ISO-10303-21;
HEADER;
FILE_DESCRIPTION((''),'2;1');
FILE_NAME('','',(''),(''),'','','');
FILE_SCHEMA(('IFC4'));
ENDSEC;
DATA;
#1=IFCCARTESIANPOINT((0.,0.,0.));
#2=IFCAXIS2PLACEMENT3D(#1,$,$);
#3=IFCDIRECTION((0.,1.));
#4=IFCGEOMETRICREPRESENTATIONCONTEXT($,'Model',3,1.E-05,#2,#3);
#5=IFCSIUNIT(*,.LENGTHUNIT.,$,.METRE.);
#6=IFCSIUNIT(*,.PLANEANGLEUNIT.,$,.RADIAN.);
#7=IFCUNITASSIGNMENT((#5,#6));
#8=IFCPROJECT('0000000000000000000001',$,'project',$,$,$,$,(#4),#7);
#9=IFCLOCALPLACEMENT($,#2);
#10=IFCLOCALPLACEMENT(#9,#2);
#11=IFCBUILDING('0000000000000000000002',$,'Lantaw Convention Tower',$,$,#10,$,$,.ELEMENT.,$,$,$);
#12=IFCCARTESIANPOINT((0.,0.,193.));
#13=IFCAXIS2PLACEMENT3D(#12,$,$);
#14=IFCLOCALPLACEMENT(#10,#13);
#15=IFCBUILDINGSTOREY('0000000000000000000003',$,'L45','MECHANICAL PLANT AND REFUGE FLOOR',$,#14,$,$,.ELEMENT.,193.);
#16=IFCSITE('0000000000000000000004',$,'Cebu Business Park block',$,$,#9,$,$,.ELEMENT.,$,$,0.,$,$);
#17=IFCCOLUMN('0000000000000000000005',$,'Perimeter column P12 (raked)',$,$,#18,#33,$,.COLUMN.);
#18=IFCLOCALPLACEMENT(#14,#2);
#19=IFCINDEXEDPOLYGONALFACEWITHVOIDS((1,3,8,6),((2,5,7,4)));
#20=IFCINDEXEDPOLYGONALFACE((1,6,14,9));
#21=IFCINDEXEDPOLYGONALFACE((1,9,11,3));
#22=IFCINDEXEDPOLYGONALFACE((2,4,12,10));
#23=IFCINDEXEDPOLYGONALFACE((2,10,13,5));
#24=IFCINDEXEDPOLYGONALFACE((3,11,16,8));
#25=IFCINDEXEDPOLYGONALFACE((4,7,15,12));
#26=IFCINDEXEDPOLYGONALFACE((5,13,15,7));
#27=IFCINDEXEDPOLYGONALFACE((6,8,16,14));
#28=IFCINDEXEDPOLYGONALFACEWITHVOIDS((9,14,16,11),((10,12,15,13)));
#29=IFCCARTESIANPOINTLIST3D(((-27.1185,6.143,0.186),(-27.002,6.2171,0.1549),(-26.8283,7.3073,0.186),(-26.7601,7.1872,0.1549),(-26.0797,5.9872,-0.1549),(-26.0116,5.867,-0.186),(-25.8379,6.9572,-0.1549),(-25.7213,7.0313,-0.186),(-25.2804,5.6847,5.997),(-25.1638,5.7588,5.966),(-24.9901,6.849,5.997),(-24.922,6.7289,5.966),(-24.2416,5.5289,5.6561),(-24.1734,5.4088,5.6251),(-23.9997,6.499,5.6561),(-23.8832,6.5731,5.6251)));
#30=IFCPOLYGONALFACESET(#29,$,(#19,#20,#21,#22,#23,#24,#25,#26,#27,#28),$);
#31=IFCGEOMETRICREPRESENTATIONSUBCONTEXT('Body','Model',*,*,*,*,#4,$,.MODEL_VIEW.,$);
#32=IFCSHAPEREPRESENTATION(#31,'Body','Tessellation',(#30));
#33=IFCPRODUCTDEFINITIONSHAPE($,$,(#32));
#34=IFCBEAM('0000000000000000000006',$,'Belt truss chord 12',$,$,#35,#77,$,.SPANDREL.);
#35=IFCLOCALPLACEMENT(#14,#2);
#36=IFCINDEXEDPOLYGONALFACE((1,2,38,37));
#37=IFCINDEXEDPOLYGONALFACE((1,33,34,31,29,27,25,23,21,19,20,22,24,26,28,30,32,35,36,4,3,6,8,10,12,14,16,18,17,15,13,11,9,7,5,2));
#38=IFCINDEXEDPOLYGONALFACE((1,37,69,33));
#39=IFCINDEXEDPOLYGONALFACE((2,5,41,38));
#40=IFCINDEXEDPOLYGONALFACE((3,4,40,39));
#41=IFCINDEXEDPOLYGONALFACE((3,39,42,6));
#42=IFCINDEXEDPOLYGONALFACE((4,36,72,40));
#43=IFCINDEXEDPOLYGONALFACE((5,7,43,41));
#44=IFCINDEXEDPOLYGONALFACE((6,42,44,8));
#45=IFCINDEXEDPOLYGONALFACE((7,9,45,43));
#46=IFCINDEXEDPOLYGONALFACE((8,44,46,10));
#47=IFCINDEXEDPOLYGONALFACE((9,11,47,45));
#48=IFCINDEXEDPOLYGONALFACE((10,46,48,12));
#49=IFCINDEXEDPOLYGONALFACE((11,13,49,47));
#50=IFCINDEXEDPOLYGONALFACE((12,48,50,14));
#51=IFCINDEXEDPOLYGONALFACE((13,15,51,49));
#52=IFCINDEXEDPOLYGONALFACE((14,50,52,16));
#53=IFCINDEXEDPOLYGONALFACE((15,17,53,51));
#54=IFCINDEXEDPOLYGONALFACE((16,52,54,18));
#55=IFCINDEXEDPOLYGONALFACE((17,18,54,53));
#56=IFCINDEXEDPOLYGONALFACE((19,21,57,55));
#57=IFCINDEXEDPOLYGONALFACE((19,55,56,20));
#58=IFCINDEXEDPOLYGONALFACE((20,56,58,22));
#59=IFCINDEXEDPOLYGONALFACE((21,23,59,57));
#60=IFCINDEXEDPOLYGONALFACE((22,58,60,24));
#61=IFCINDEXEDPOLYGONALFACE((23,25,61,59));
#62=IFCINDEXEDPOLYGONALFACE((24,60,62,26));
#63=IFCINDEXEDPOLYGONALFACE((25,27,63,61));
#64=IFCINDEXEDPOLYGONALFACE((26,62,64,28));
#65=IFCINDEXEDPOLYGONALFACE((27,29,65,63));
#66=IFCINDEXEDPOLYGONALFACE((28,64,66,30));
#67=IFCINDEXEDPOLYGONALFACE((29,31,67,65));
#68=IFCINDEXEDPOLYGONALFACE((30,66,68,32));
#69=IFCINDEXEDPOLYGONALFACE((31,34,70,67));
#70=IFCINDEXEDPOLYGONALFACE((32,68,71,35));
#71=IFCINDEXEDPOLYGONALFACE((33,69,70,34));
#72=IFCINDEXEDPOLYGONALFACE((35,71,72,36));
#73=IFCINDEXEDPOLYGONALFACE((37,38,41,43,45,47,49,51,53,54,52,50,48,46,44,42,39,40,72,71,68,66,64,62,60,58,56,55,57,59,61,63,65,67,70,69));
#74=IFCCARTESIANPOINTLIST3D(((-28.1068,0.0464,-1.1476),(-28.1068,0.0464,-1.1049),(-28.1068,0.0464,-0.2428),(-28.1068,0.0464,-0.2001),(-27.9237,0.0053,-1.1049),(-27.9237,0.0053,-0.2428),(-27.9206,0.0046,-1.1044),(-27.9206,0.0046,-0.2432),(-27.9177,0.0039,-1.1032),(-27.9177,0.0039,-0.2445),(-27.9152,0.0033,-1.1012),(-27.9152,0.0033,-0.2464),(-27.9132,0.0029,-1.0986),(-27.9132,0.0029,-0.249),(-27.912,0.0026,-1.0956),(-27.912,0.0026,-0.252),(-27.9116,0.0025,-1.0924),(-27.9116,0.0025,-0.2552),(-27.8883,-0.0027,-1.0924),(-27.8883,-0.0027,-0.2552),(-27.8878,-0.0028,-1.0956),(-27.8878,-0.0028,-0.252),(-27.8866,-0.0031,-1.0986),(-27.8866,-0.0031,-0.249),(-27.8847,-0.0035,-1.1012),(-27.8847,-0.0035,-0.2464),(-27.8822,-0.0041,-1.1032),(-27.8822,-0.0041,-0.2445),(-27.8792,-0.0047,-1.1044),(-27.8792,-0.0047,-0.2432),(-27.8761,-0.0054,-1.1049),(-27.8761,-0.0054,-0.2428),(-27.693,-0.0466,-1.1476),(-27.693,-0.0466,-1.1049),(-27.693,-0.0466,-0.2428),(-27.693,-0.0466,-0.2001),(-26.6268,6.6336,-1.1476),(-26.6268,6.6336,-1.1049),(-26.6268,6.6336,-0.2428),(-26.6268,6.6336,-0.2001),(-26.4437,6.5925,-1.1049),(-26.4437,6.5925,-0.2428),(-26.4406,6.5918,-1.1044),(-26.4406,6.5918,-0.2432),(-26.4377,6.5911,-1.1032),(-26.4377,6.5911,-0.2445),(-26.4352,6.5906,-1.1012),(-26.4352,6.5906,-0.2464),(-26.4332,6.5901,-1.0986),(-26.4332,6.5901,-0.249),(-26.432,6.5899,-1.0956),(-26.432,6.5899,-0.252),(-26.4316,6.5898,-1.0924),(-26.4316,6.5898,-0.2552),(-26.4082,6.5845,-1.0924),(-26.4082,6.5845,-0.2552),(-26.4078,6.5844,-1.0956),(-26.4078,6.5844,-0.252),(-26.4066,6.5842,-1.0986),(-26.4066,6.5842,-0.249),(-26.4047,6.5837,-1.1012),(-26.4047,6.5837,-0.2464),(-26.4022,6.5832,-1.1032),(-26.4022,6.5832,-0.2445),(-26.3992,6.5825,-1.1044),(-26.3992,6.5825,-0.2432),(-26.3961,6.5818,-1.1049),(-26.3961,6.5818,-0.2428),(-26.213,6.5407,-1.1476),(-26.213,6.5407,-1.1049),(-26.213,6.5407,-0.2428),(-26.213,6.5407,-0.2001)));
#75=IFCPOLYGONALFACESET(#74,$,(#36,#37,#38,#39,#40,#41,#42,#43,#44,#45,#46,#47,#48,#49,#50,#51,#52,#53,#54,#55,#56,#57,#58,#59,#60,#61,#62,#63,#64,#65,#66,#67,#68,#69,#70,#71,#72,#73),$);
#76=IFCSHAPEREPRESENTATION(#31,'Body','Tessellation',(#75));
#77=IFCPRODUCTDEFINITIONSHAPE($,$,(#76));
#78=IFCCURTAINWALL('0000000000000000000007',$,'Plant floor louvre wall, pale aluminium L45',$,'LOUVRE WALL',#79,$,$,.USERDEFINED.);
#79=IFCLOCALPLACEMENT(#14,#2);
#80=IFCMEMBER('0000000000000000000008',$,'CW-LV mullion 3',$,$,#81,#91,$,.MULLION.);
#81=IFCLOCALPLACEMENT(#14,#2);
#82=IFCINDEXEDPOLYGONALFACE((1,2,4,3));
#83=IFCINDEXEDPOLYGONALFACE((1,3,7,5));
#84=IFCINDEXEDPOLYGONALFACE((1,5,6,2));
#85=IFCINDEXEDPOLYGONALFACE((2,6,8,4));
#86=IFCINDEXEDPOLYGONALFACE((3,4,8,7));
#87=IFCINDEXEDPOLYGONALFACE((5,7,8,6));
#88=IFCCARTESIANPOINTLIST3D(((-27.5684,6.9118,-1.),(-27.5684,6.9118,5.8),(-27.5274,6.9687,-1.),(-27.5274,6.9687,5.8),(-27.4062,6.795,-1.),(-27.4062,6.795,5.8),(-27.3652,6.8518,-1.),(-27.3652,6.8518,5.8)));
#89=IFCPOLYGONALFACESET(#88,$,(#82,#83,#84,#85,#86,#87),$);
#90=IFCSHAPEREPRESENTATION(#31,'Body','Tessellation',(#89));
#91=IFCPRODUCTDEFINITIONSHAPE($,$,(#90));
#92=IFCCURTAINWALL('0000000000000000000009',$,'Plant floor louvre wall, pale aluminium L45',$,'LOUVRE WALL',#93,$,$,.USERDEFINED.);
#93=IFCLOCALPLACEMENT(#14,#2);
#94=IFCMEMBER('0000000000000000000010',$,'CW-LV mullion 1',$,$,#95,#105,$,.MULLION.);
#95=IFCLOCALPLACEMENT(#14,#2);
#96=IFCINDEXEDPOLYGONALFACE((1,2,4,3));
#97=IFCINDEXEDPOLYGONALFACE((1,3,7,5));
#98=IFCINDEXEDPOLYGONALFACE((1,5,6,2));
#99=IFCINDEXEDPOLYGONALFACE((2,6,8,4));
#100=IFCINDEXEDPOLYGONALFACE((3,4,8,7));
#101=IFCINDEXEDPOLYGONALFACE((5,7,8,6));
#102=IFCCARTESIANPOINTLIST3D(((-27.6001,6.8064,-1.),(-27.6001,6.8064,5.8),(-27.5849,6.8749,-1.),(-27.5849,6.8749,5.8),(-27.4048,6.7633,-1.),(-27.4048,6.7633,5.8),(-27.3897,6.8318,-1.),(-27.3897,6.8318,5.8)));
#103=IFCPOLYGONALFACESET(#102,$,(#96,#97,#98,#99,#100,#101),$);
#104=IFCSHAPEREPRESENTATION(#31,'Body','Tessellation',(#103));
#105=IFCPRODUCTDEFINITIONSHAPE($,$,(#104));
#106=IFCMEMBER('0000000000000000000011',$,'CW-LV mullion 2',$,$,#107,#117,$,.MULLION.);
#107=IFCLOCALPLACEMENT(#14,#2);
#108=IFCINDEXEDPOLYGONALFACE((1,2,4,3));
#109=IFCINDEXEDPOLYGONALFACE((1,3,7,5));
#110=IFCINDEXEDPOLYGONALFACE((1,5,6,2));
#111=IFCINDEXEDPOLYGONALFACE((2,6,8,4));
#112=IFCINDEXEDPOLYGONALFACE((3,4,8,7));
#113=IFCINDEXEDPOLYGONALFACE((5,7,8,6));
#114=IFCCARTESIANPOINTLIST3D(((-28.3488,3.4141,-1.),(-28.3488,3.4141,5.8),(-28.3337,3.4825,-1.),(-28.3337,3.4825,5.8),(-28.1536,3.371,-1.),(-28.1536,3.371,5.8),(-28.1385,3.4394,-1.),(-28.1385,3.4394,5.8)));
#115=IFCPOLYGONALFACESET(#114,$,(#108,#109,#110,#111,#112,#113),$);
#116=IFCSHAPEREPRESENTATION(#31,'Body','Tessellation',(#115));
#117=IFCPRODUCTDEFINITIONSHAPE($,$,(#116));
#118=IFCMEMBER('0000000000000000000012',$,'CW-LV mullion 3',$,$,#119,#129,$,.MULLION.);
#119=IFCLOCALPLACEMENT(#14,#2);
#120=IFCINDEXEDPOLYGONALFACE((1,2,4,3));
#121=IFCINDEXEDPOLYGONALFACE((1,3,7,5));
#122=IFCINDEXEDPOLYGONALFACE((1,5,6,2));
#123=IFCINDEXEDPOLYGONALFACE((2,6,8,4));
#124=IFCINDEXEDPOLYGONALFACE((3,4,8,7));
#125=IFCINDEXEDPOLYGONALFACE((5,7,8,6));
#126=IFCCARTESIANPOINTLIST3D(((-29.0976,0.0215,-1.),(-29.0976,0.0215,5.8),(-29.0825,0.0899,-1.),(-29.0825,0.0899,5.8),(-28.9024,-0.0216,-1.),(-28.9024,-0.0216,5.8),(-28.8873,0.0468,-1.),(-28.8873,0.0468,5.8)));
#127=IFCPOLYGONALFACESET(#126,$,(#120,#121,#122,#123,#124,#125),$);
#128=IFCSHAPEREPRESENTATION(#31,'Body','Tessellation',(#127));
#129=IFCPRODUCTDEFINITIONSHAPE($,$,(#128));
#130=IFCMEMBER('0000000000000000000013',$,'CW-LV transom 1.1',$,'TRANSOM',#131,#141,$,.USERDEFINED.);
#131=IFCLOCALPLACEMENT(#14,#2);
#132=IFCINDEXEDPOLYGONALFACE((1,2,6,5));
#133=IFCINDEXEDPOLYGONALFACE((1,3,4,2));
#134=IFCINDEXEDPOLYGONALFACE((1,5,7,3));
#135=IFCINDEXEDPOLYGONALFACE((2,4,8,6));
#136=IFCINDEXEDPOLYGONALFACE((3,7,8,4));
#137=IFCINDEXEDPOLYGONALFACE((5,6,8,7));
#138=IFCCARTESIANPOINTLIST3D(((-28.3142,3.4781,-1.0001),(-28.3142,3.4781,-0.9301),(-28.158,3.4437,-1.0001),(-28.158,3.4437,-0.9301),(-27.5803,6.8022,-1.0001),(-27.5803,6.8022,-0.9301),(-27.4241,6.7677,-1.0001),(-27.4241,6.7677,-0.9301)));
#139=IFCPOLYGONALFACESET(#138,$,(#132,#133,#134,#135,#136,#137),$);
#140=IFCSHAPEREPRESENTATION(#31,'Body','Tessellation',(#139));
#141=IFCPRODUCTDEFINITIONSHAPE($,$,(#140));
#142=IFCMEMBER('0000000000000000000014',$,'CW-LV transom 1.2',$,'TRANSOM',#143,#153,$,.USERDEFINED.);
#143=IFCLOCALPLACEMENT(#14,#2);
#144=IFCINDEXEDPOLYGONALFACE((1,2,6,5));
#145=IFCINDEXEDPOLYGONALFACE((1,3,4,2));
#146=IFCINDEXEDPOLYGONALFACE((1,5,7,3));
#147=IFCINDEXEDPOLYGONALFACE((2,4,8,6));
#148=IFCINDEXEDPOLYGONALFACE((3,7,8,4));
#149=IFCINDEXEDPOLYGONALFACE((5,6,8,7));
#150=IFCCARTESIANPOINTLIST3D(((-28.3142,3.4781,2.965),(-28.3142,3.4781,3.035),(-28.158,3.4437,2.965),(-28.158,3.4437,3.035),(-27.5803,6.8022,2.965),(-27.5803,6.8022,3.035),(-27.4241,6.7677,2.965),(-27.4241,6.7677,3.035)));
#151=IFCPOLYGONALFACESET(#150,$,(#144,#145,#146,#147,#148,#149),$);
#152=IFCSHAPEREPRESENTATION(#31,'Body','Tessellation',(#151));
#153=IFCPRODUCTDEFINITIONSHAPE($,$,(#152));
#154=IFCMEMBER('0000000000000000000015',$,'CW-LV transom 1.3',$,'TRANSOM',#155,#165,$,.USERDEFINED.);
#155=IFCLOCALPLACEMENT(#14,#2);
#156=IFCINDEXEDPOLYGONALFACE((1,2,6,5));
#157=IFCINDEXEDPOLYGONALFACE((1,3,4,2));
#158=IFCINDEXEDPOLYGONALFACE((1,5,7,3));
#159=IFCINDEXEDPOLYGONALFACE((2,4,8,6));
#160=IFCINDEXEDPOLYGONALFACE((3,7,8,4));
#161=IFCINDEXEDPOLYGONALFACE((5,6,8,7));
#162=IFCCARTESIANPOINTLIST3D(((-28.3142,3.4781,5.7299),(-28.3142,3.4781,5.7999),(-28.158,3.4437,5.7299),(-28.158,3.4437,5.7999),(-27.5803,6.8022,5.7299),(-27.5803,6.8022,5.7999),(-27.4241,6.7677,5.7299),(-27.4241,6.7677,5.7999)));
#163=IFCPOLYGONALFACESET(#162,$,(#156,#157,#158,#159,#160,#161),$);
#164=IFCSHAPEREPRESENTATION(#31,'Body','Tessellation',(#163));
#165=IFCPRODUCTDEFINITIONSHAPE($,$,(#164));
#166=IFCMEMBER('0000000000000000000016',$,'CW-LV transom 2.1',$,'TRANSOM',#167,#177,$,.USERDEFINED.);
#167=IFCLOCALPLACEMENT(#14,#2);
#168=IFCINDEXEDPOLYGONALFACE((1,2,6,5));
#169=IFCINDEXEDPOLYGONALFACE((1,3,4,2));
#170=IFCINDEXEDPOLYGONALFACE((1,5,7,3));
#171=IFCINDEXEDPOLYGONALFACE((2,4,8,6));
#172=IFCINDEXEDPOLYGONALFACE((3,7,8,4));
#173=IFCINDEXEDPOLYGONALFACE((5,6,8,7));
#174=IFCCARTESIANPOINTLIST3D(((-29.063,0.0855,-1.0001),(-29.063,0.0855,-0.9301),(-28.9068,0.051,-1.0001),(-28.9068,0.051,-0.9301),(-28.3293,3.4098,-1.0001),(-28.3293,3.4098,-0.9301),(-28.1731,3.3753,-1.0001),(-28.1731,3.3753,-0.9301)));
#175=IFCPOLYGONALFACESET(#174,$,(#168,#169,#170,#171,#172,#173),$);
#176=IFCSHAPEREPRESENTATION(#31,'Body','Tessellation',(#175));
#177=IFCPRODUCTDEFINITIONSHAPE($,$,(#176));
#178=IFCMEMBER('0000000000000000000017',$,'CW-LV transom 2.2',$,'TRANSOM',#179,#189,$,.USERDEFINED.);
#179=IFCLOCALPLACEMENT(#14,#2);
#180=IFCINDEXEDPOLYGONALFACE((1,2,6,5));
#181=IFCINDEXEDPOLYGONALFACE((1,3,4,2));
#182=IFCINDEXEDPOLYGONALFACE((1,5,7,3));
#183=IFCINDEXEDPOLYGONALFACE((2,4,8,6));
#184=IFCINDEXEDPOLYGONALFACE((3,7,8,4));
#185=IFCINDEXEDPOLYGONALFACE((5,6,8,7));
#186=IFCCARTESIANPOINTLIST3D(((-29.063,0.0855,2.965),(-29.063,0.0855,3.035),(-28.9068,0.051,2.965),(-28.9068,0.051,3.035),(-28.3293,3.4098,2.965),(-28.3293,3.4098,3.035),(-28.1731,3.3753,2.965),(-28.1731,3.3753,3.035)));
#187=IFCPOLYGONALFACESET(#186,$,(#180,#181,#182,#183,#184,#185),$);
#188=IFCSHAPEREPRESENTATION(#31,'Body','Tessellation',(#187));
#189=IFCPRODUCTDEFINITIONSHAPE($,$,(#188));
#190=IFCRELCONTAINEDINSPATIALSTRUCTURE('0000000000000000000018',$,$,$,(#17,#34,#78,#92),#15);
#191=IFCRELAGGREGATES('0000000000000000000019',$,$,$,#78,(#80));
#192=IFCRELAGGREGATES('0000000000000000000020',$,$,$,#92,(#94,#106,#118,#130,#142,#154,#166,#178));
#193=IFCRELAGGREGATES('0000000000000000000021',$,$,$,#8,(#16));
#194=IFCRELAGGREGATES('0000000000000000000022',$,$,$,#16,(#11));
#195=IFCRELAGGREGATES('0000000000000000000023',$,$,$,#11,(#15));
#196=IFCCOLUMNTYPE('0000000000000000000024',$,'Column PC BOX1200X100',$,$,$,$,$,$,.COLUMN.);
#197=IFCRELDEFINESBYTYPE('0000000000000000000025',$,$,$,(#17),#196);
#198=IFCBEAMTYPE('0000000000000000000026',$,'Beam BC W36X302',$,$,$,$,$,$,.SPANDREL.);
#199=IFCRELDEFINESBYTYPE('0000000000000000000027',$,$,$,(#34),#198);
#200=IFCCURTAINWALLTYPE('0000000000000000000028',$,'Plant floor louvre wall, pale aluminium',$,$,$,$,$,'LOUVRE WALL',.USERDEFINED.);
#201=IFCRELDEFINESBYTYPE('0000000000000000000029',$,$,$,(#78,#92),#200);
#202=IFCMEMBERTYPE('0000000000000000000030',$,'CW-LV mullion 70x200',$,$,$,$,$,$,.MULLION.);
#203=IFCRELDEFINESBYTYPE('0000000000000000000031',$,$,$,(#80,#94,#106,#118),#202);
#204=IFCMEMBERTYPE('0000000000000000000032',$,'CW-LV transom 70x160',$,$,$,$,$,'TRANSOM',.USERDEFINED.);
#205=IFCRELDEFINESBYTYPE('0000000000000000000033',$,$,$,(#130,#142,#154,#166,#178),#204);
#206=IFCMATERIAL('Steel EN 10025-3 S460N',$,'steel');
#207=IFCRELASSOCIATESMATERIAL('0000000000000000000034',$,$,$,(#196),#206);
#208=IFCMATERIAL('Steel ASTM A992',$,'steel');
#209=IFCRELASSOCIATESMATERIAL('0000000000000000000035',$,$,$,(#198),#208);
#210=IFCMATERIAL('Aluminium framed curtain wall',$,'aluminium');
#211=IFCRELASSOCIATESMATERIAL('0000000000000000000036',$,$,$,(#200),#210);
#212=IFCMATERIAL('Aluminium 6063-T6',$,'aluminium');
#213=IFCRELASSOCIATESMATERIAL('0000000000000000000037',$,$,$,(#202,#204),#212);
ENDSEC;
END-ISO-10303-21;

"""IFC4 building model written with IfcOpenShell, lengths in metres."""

from ifc_helpers import new_model, si_unit, direction, frame, origin, origin_2d, place, context, subcontext, project, spatial, rectangle, hollow_rectangle, i_section, extrude, material, material_profile, profile_set, type_object, element, aggregate, save


model = new_model("IFC4")

# Units and contexts
model_context = context("Model", 3, precision=1e-05, world=origin(), true_north=direction((0.0, 1.0)))
body_context = subcontext(model_context, "Body", "Model", "MODEL_VIEW")
ifc_project = project(units=[si_unit("LENGTHUNIT", "METRE"), si_unit("PLANEANGLEUNIT", "RADIAN")], contexts=[model_context])

# Site, building, storey
site_placement = place(None, origin())
site = spatial("IfcSite", under=ifc_project, at=site_placement, Name="Cebu Business Park block", CompositionType="ELEMENT", RefElevation=0.0)
building_placement = place(site_placement, origin())
building = spatial("IfcBuilding", under=site, at=building_placement, Name="Lantaw Convention Tower", CompositionType="ELEMENT")
storey_placement = place(building_placement, frame((0.0, 0.0, 193.0)))
storey = spatial("IfcBuildingStorey", under=building, at=storey_placement, Name="L45", Description="MECHANICAL PLANT AND REFUGE FLOOR", CompositionType="ELEMENT", Elevation=193.0)

# Column
ifc_material_1 = material(Name="Steel EN 10025-3 S460N", Category="steel")
ifc_material_profile_1 = material_profile(ifc_material_1, hollow_rectangle(XDim=1.2, YDim=1.2, WallThickness=0.1001, at=origin_2d()), Name="BOX1200X100")
ifc_material_2 = material(Name="Concrete C60/75", Category="concrete")
ifc_material_profile_2 = material_profile(ifc_material_2, rectangle(XDim=1.0, YDim=1.0, at=origin_2d()), Name="Concrete fill of BOX1200X100")
ifc_profile_set_1 = profile_set([ifc_material_profile_1, ifc_material_profile_2], Name="Steel EN 10025-3 S460N")
column_type = type_object("IfcColumnType", Name="Column PC BOX1200X100", PredefinedType="COLUMN", material=ifc_profile_set_1)
column_placement = place(storey_placement, frame((-26.4199, 6.5872, 0.0), z_axis=(0.300741, -0.074975, 0.950754), x_axis=(0.241899, 0.970301, 0.0)))
element("IfcColumn", 1, at=column_placement, inside=storey, type_object=column_type, Name="Perimeter column P12 (raked)", PredefinedType="COLUMN", context=body_context, shape_type="SweptSolid", body=[
    extrude(hollow_rectangle(XDim=1.2, YDim=1.2, WallThickness=0.1001, at=origin_2d()), origin(), (0.0, 0.0, 1.0), 6.1121),
])

# Beam
ifc_material_3 = material(Name="Steel ASTM A992", Category="steel")
ifc_material_profile_3 = material_profile(ifc_material_3, i_section(OverallWidth=0.4241, OverallDepth=0.9475, WebThickness=0.0239, FlangeThickness=0.0427, FilletRadius=0.0125, at=origin_2d()), Name="W36X302")
ifc_profile_set_2 = profile_set([ifc_material_profile_3], Name="Steel ASTM A992")
beam_type = type_object("IfcBeamType", Name="Beam BC W36X302", PredefinedType="SPANDREL", material=ifc_profile_set_2)
beam_placement = place(storey_placement, frame((-26.4199, 6.5872, -0.6738), z_axis=(-0.219212, -0.975677, 0.0), x_axis=(0.975677, -0.219212, 0.0)))
element("IfcBeam", 2, at=beam_placement, inside=storey, type_object=beam_type, Name="Belt truss chord 12", PredefinedType="SPANDREL", context=body_context, shape_type="SweptSolid", body=[
    extrude(i_section(OverallWidth=0.4241, OverallDepth=0.9475, WebThickness=0.0239, FlangeThickness=0.0427, FilletRadius=0.0125, at=origin_2d()), origin(), (0.0, 0.0, 1.0), 6.7515),
])

# Curtain wall, member
ifc_material_4 = material(Name="Aluminium framed curtain wall", Category="aluminium")
curtain_wall_type = type_object("IfcCurtainWallType", Name="Plant floor louvre wall, pale aluminium", ElementType="LOUVRE WALL", PredefinedType="USERDEFINED", material=ifc_material_4)
curtain_wall_1_placement = place(storey_placement, origin())
curtain_wall_1 = element("IfcCurtainWall", 3, at=curtain_wall_1_placement, inside=storey, type_object=curtain_wall_type, Name="Plant floor louvre wall, pale aluminium L45", ObjectType="LOUVRE WALL", PredefinedType="USERDEFINED")
ifc_material_5 = material(Name="Aluminium 6063-T6", Category="aluminium")
ifc_material_profile_4 = material_profile(ifc_material_5, rectangle(XDim=0.2, YDim=0.0701, at=origin_2d()), Name="CW-LV mullion 70x200")
ifc_profile_set_3 = profile_set([ifc_material_profile_4], Name="Aluminium 6063-T6")
member_type_1 = type_object("IfcMemberType", Name="CW-LV mullion 70x200", PredefinedType="MULLION", material=ifc_profile_set_3)
member_1_placement = place(storey_placement, frame((-27.4668, 6.8818, -1.0), z_axis=(0.0, 0.0, 1.0), x_axis=(0.811385, -0.584513, 0.0)))
member_1 = element("IfcMember", 4, at=member_1_placement, type_object=member_type_1, Name="CW-LV mullion 3", PredefinedType="MULLION", context=body_context, shape_type="SweptSolid", body=[
    extrude(rectangle(XDim=0.2, YDim=0.0701, at=origin_2d()), origin(), (0.0, 0.0, 1.0), 6.8),
])
aggregate(curtain_wall_1, [member_1])

# Curtain wall, members
curtain_wall_2_placement = place(storey_placement, origin())
curtain_wall_2 = element("IfcCurtainWall", 5, at=curtain_wall_2_placement, inside=storey, type_object=curtain_wall_type, Name="Plant floor louvre wall, pale aluminium L45", ObjectType="LOUVRE WALL", PredefinedType="USERDEFINED")
member_2_placement = place(storey_placement, frame((-27.4949, 6.8191, -1.0), z_axis=(0.0, 0.0, 1.0), x_axis=(0.976494, -0.215546, 0.0)))
member_2 = element("IfcMember", 6, at=member_2_placement, type_object=member_type_1, Name="CW-LV mullion 1", PredefinedType="MULLION", context=body_context, shape_type="SweptSolid", body=[
    extrude(rectangle(XDim=0.2, YDim=0.0701, at=origin_2d()), origin(), (0.0, 0.0, 1.0), 6.8),
])
member_3_placement = place(storey_placement, frame((-28.2437, 3.4268, -1.0), z_axis=(0.0, 0.0, 1.0), x_axis=(0.976494, -0.215546, 0.0)))
member_3 = element("IfcMember", 7, at=member_3_placement, type_object=member_type_1, Name="CW-LV mullion 2", PredefinedType="MULLION", context=body_context, shape_type="SweptSolid", body=[
    extrude(rectangle(XDim=0.2, YDim=0.0701, at=origin_2d()), origin(), (0.0, 0.0, 1.0), 6.8),
])
member_4_placement = place(storey_placement, frame((-28.9924, 0.0342, -1.0), z_axis=(0.0, 0.0, 1.0), x_axis=(0.976494, -0.215546, 0.0)))
member_4 = element("IfcMember", 8, at=member_4_placement, type_object=member_type_1, Name="CW-LV mullion 3", PredefinedType="MULLION", context=body_context, shape_type="SweptSolid", body=[
    extrude(rectangle(XDim=0.2, YDim=0.0701, at=origin_2d()), origin(), (0.0, 0.0, 1.0), 6.8),
])
ifc_material_profile_5 = material_profile(ifc_material_5, rectangle(XDim=0.1599, YDim=0.0701, at=origin_2d()), Name="CW-LV transom 70x160")
ifc_profile_set_4 = profile_set([ifc_material_profile_5], Name="Aluminium 6063-T6")
member_type_2 = type_object("IfcMemberType", Name="CW-LV transom 70x160", ElementType="TRANSOM", PredefinedType="USERDEFINED", material=ifc_profile_set_4)
member_5_placement = place(storey_placement, frame((-27.5022, 6.7849, -0.9651), z_axis=(-0.215594, -0.976483, 0.0), x_axis=(0.976483, -0.215594, 0.0)))
member_5 = element("IfcMember", 9, at=member_5_placement, type_object=member_type_2, Name="CW-LV transom 1.1", ObjectType="TRANSOM", PredefinedType="USERDEFINED", context=body_context, shape_type="SweptSolid", body=[
    extrude(rectangle(XDim=0.1599, YDim=0.0701, at=origin_2d()), origin(), (0.0, 0.0, 1.0), 3.4041),
])
member_6_placement = place(storey_placement, frame((-27.5022, 6.7849, 3.0), z_axis=(-0.215594, -0.976483, 0.0), x_axis=(0.976483, -0.215594, 0.0)))
member_6 = element("IfcMember", 10, at=member_6_placement, type_object=member_type_2, Name="CW-LV transom 1.2", ObjectType="TRANSOM", PredefinedType="USERDEFINED", context=body_context, shape_type="SweptSolid", body=[
    extrude(rectangle(XDim=0.1599, YDim=0.0701, at=origin_2d()), origin(), (0.0, 0.0, 1.0), 3.4041),
])
member_7_placement = place(storey_placement, frame((-27.5022, 6.7849, 5.7649), z_axis=(-0.215594, -0.976483, 0.0), x_axis=(0.976483, -0.215594, 0.0)))
member_7 = element("IfcMember", 11, at=member_7_placement, type_object=member_type_2, Name="CW-LV transom 1.3", ObjectType="TRANSOM", PredefinedType="USERDEFINED", context=body_context, shape_type="SweptSolid", body=[
    extrude(rectangle(XDim=0.1599, YDim=0.0701, at=origin_2d()), origin(), (0.0, 0.0, 1.0), 3.4041),
])
member_8_placement = place(storey_placement, frame((-28.2512, 3.3926, -0.9651), z_axis=(-0.21551, -0.976502, 0.0), x_axis=(0.976502, -0.21551, 0.0)))
member_8 = element("IfcMember", 12, at=member_8_placement, type_object=member_type_2, Name="CW-LV transom 2.1", ObjectType="TRANSOM", PredefinedType="USERDEFINED", context=body_context, shape_type="SweptSolid", body=[
    extrude(rectangle(XDim=0.1599, YDim=0.0701, at=origin_2d()), origin(), (0.0, 0.0, 1.0), 3.4043),
])
member_9_placement = place(storey_placement, frame((-28.2512, 3.3926, 3.0), z_axis=(-0.21551, -0.976502, 0.0), x_axis=(0.976502, -0.21551, 0.0)))
member_9 = element("IfcMember", 13, at=member_9_placement, type_object=member_type_2, Name="CW-LV transom 2.2", ObjectType="TRANSOM", PredefinedType="USERDEFINED", context=body_context, shape_type="SweptSolid", body=[
    extrude(rectangle(XDim=0.1599, YDim=0.0701, at=origin_2d()), origin(), (0.0, 0.0, 1.0), 3.4043),
])

aggregate(curtain_wall_2, [member_2, member_3, member_4, member_5, member_6, member_7, member_8, member_9])

save(model, "model.ifc")
